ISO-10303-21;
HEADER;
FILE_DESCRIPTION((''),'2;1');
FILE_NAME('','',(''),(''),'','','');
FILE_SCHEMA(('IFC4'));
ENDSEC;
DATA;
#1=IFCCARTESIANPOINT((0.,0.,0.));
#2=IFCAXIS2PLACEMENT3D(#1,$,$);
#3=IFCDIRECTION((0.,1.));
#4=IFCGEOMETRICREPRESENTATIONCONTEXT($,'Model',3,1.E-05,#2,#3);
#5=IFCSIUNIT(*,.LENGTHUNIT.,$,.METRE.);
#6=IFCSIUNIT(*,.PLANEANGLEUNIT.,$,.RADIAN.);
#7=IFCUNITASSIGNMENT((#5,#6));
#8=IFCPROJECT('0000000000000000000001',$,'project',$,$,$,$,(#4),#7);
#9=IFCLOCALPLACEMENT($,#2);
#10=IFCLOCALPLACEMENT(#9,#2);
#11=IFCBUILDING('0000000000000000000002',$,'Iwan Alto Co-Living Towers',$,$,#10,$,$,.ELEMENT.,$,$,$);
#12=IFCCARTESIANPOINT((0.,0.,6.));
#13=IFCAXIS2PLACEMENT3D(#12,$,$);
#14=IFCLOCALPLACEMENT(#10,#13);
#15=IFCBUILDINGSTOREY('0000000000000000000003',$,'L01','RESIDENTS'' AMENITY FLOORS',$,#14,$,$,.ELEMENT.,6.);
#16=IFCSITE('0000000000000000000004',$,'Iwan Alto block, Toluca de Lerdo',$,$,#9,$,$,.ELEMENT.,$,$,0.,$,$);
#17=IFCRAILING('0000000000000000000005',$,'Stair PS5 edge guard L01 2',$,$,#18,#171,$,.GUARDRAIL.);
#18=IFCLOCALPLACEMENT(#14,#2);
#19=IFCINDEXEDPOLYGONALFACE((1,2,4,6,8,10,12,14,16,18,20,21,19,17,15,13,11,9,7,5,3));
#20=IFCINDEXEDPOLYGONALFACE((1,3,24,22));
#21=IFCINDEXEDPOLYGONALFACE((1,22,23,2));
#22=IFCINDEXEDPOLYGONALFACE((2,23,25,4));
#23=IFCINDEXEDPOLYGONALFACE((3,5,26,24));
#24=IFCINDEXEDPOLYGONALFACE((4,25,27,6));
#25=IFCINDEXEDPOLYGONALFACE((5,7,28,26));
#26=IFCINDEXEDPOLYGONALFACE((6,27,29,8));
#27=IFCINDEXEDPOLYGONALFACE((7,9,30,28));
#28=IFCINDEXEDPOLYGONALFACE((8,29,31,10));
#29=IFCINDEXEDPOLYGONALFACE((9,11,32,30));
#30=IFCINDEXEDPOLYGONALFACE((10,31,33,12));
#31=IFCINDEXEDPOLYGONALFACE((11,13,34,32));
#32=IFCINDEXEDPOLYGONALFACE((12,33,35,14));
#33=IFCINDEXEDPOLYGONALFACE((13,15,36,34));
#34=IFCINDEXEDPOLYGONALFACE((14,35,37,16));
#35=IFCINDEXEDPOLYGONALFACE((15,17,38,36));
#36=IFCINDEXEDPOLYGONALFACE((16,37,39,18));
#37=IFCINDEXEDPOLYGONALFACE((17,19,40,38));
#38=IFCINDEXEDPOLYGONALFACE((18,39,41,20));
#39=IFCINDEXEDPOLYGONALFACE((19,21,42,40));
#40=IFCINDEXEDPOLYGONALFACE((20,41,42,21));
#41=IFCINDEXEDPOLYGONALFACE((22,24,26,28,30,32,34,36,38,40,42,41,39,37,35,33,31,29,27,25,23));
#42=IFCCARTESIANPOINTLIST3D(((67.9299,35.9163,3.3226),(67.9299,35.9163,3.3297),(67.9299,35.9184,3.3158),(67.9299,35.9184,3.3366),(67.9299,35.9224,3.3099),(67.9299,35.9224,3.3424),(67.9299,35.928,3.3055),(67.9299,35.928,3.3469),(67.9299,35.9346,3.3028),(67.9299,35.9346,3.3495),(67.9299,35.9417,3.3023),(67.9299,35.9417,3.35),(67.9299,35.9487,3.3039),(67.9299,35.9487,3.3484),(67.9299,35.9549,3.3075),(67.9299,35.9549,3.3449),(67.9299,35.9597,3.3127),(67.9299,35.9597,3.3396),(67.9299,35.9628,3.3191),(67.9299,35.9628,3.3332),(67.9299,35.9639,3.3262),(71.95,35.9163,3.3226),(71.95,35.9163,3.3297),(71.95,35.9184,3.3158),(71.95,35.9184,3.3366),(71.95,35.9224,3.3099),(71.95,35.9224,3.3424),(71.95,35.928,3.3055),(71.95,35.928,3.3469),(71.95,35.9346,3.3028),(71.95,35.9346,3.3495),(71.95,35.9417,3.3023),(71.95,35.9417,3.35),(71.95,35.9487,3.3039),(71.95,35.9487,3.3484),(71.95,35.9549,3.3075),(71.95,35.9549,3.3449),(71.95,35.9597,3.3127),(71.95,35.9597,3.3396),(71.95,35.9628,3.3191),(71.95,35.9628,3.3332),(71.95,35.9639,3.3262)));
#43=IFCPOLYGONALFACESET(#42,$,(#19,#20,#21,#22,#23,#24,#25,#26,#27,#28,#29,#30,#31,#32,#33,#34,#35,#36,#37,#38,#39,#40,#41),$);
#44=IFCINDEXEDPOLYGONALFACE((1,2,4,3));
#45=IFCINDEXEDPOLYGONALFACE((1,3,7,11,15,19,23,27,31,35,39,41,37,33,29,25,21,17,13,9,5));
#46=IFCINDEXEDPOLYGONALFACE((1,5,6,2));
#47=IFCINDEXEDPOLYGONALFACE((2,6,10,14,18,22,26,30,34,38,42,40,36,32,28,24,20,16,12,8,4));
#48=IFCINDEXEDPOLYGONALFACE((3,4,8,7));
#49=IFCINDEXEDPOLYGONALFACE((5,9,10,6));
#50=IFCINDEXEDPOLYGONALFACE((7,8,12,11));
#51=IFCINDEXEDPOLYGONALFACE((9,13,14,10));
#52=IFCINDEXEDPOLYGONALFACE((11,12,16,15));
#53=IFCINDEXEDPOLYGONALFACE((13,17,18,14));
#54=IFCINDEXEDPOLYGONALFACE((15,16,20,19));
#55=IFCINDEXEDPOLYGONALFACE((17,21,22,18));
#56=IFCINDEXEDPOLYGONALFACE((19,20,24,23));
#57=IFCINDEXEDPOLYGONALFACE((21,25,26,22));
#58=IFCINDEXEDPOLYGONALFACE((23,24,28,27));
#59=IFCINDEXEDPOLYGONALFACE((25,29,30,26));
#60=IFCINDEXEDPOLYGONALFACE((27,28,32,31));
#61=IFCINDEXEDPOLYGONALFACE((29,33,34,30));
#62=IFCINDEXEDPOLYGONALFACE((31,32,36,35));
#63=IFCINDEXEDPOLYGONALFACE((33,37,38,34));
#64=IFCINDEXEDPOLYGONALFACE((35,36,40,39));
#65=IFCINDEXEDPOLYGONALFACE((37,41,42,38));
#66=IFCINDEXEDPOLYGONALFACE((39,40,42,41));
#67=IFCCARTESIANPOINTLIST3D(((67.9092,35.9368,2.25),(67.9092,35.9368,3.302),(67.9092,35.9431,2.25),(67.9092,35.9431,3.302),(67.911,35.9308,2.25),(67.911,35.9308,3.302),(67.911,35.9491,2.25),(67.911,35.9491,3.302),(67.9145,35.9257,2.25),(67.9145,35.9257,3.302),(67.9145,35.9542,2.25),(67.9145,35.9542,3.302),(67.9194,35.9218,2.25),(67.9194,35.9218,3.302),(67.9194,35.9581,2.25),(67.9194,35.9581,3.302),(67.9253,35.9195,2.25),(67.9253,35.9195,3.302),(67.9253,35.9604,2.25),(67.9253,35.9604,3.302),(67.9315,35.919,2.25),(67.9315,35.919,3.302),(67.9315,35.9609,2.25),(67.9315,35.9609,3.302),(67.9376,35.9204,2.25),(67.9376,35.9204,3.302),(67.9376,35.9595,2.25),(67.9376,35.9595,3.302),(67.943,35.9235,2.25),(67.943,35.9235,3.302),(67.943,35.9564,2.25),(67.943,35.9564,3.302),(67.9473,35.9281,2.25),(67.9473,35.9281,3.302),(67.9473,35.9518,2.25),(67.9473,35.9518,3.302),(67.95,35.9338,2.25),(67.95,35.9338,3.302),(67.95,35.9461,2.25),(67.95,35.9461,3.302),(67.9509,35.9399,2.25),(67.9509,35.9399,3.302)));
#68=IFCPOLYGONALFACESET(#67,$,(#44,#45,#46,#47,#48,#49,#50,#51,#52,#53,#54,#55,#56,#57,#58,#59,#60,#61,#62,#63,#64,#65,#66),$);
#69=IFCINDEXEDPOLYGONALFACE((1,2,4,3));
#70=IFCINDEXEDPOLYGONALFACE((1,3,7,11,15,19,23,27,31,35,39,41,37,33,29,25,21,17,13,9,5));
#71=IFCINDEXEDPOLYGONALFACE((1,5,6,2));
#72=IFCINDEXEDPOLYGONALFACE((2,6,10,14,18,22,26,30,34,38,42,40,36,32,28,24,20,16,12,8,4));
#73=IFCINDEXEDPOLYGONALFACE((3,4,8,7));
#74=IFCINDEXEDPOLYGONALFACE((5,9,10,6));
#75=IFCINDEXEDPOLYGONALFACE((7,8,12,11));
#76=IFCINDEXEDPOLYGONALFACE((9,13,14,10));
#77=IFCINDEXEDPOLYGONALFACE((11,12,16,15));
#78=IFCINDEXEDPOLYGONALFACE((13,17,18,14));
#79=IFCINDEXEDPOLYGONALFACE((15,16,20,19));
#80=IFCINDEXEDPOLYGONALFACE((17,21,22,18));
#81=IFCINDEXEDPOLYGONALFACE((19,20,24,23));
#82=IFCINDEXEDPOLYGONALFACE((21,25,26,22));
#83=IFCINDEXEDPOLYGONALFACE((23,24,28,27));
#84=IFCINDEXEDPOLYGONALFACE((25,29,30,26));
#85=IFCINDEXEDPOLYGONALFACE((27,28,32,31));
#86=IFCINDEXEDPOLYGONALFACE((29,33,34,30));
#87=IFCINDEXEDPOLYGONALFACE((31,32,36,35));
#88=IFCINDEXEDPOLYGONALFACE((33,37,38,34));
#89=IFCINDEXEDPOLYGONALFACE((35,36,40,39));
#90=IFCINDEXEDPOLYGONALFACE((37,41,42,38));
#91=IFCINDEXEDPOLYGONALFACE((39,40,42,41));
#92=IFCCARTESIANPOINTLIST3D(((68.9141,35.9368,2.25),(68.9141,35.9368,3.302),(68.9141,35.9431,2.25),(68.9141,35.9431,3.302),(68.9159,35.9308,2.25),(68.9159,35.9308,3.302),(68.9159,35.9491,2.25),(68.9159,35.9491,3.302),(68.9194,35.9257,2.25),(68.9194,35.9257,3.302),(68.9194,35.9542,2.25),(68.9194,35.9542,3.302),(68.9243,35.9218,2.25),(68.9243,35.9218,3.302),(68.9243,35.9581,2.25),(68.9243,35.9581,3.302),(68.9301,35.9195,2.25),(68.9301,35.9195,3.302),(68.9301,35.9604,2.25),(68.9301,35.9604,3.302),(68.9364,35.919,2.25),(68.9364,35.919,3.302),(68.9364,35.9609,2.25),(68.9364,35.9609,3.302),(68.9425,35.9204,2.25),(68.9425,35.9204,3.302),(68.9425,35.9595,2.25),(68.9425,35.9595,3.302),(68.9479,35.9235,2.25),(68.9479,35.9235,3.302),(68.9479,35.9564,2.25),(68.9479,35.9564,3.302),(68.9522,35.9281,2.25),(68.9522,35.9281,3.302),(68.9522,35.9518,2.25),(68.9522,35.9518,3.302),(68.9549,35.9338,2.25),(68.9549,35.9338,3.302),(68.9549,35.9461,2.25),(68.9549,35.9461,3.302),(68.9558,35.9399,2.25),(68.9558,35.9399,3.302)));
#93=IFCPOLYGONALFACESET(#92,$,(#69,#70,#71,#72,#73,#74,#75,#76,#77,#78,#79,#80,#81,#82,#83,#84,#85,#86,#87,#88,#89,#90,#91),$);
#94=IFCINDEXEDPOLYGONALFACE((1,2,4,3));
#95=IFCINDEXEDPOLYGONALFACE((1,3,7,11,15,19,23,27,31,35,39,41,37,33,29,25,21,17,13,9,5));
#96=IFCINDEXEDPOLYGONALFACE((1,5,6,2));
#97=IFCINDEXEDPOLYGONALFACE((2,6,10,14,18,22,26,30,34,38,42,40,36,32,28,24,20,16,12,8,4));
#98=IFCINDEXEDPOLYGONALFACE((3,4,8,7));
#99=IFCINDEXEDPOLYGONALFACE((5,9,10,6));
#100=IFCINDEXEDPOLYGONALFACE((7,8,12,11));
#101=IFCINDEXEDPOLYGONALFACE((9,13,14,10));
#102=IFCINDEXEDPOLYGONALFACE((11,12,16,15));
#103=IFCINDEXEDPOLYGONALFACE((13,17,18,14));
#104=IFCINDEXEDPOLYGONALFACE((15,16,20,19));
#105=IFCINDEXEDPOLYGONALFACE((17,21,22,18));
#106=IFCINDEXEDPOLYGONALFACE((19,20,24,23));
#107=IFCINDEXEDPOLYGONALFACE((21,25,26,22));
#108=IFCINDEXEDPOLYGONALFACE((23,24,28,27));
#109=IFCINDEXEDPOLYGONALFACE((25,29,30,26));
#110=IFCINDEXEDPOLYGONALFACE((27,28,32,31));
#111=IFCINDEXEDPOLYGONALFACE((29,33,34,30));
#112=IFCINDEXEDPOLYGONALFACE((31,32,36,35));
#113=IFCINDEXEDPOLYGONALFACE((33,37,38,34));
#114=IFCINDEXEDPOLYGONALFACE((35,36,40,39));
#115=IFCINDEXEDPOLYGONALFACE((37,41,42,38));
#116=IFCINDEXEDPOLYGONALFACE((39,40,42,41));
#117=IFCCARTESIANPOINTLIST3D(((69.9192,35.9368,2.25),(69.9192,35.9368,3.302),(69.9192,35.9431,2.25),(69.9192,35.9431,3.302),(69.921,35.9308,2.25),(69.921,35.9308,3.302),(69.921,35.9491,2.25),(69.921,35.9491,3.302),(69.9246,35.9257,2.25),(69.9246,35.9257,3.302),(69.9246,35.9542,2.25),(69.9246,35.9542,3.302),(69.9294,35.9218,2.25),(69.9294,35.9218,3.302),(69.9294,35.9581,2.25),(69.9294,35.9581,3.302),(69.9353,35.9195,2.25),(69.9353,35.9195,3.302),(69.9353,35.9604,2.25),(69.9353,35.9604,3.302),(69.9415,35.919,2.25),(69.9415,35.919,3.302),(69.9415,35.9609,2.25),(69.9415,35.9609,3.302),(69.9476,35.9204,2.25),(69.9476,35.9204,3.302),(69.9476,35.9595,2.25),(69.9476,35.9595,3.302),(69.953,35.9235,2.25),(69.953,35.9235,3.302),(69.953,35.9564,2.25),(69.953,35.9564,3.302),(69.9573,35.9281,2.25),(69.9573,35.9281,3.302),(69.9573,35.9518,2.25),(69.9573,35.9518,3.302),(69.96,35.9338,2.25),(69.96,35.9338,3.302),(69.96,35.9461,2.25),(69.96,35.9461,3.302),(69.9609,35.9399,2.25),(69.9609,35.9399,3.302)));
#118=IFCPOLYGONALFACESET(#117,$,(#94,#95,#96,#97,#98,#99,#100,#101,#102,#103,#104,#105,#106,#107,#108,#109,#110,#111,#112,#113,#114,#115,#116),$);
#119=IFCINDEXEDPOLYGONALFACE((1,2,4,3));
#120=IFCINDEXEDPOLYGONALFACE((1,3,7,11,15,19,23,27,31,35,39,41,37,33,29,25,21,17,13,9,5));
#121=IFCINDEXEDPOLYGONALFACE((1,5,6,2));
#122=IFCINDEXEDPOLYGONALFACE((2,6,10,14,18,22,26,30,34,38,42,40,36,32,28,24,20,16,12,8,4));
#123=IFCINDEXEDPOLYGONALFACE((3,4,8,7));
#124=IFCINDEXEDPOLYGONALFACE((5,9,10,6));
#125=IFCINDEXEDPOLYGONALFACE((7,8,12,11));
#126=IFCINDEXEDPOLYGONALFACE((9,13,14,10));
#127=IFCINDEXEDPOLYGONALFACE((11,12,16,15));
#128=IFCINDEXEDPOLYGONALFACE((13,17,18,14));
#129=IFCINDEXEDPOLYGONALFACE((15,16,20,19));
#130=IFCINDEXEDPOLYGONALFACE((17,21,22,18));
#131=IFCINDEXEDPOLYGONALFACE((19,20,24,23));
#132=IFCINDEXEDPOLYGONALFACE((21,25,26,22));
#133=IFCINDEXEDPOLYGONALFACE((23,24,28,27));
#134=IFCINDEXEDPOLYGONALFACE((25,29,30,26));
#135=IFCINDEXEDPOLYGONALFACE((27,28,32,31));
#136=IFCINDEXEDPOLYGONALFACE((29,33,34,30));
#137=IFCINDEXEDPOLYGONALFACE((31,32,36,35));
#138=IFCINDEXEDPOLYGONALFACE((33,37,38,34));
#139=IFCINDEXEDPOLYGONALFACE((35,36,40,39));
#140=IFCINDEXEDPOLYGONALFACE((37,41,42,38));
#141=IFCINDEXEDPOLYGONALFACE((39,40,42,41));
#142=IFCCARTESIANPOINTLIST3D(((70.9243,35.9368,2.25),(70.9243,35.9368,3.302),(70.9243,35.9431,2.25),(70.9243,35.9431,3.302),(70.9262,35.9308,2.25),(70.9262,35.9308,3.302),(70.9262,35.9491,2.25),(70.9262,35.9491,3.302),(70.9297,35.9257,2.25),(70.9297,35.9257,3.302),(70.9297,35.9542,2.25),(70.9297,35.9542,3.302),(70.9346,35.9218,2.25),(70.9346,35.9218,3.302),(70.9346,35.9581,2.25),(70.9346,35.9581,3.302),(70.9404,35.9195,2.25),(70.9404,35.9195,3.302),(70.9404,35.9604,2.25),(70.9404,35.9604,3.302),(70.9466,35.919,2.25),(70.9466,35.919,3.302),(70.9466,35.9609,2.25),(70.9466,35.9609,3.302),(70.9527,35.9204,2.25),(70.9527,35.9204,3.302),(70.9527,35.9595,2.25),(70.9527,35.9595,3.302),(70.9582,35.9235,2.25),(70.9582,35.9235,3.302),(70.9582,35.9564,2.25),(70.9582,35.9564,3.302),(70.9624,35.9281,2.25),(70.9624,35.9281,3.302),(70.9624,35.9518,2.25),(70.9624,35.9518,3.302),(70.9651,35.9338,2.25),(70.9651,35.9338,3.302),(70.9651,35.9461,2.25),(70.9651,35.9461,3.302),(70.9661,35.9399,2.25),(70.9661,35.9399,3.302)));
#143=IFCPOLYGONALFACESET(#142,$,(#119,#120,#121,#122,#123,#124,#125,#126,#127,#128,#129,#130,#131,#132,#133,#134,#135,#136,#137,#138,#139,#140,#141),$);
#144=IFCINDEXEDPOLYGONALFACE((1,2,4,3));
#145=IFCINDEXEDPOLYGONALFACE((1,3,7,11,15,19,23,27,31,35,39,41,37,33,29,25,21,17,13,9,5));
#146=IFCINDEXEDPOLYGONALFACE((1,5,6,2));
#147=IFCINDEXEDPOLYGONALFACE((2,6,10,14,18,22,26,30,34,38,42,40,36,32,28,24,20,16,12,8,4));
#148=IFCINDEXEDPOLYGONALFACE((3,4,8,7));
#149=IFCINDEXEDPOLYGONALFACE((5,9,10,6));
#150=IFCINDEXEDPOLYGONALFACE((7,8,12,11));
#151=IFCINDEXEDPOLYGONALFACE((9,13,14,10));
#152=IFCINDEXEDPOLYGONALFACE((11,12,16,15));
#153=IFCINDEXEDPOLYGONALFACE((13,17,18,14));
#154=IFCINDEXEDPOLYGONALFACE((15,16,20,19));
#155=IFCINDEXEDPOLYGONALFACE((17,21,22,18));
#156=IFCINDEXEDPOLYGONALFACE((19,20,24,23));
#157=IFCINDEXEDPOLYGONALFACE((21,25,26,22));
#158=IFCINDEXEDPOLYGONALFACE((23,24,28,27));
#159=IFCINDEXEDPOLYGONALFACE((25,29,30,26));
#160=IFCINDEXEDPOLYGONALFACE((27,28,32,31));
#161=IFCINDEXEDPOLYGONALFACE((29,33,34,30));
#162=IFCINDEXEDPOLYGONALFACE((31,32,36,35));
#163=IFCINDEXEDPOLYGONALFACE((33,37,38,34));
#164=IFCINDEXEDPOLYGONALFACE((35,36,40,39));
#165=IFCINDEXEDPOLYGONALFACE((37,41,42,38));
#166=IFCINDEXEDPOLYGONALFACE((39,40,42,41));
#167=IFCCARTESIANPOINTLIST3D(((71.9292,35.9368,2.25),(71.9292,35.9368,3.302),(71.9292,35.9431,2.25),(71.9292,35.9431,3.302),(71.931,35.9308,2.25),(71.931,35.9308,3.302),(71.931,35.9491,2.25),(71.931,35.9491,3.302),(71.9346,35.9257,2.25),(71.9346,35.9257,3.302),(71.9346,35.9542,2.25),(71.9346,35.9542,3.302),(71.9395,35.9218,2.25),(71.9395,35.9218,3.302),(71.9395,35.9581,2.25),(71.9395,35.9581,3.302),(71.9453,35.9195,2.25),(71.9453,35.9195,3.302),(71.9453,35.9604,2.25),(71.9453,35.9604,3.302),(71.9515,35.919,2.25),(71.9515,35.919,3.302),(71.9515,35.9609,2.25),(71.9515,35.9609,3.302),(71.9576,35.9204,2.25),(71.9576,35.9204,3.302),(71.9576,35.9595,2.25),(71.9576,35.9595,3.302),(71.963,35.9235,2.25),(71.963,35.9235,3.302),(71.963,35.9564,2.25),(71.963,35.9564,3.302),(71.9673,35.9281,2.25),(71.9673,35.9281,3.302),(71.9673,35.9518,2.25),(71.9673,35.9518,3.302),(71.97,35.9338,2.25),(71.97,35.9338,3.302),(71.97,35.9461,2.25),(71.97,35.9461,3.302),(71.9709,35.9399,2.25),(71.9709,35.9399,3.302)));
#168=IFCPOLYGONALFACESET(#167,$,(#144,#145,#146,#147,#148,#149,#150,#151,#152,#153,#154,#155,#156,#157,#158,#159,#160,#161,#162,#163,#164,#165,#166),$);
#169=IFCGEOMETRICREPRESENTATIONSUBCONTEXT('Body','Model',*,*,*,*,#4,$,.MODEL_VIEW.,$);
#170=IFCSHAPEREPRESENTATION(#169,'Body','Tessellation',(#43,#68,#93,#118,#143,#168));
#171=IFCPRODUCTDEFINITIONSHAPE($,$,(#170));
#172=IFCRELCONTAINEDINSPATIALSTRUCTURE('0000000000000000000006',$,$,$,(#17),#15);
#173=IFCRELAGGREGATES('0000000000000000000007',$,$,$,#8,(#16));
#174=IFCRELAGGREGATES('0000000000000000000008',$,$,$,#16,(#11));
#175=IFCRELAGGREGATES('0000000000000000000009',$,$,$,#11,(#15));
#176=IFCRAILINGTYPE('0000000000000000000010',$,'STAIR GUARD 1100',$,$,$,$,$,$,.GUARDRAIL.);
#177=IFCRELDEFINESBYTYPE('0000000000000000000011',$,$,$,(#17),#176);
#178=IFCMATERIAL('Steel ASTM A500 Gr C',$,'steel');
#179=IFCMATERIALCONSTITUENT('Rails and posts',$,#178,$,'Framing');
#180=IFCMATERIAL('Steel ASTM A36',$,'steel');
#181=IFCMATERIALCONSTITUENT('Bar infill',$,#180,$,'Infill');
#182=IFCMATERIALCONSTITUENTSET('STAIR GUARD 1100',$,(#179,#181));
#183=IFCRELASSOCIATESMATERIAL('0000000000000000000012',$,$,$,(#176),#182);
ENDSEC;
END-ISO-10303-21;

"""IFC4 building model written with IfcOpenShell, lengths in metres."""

from ifc_helpers import new_model, si_unit, direction, frame, origin, origin_2d, place, context, subcontext, project, spatial, circle, extrude, material, constituent, constituent_set, type_object, element, save


model = new_model("IFC4")

# Units and contexts
model_context = context("Model", 3, precision=1e-05, world=origin(), true_north=direction((0.0, 1.0)))
body_context = subcontext(model_context, "Body", "Model", "MODEL_VIEW")
ifc_project = project(units=[si_unit("LENGTHUNIT", "METRE"), si_unit("PLANEANGLEUNIT", "RADIAN")], contexts=[model_context])

# Site, building, storey
site_placement = place(None, origin())
site = spatial("IfcSite", under=ifc_project, at=site_placement, Name="Iwan Alto block, Toluca de Lerdo", CompositionType="ELEMENT", RefElevation=0.0)
building_placement = place(site_placement, origin())
building = spatial("IfcBuilding", under=site, at=building_placement, Name="Iwan Alto Co-Living Towers", CompositionType="ELEMENT")
storey_placement = place(building_placement, frame((0.0, 0.0, 6.0)))
storey = spatial("IfcBuildingStorey", under=building, at=storey_placement, Name="L01", Description="RESIDENTS' AMENITY FLOORS", CompositionType="ELEMENT", Elevation=6.0)

# Shared definitions
ifc_material_1 = material(Name="Steel ASTM A36", Category="steel")

# Railing
ifc_material_2 = material(Name="Steel ASTM A500 Gr C", Category="steel")
ifc_constituent_1 = constituent(ifc_material_2, Name="Rails and posts", Category="Framing")
ifc_constituent_2 = constituent(ifc_material_1, Name="Bar infill", Category="Infill")
ifc_constituent_set_1 = constituent_set(constituents=[ifc_constituent_1, ifc_constituent_2], Name="STAIR GUARD 1100")
railing_type_1 = type_object("IfcRailingType", Name="STAIR GUARD 1100", PredefinedType="GUARDRAIL", material=ifc_constituent_set_1)
railing_1_placement = place(storey_placement, frame((67.9299, 35.9399, 2.25)))
element("IfcRailing", 1, at=railing_1_placement, inside=storey, type_object=railing_type_1, Name="Stair PS5 edge guard L01 2", PredefinedType="GUARDRAIL", context=body_context, shape_type="SweptSolid", body=[
    extrude(circle(Radius=0.0239, at=origin_2d()), frame((0.0, 0.0, 1.0762), z_axis=(1.0, 0.0, 0.0), x_axis=(0.0, 1.0, 0.0)), (0.0, 0.0, 1.0), 4.02),
    extrude(circle(Radius=0.021, at=origin_2d()), origin(), (0.0, 0.0, 1.0), 1.052),
    extrude(circle(Radius=0.021, at=origin_2d()), frame((1.0049, 0.0, 0.0)), (0.0, 0.0, 1.0), 1.052),
    extrude(circle(Radius=0.021, at=origin_2d()), frame((2.01, 0.0, 0.0)), (0.0, 0.0, 1.0), 1.052),
    extrude(circle(Radius=0.021, at=origin_2d()), frame((3.0151, 0.0, 0.0)), (0.0, 0.0, 1.0), 1.052),
    extrude(circle(Radius=0.021, at=origin_2d()), frame((4.02, 0.0, 0.0)), (0.0, 0.0, 1.0), 1.052),
])

save(model, "model.ifc")
